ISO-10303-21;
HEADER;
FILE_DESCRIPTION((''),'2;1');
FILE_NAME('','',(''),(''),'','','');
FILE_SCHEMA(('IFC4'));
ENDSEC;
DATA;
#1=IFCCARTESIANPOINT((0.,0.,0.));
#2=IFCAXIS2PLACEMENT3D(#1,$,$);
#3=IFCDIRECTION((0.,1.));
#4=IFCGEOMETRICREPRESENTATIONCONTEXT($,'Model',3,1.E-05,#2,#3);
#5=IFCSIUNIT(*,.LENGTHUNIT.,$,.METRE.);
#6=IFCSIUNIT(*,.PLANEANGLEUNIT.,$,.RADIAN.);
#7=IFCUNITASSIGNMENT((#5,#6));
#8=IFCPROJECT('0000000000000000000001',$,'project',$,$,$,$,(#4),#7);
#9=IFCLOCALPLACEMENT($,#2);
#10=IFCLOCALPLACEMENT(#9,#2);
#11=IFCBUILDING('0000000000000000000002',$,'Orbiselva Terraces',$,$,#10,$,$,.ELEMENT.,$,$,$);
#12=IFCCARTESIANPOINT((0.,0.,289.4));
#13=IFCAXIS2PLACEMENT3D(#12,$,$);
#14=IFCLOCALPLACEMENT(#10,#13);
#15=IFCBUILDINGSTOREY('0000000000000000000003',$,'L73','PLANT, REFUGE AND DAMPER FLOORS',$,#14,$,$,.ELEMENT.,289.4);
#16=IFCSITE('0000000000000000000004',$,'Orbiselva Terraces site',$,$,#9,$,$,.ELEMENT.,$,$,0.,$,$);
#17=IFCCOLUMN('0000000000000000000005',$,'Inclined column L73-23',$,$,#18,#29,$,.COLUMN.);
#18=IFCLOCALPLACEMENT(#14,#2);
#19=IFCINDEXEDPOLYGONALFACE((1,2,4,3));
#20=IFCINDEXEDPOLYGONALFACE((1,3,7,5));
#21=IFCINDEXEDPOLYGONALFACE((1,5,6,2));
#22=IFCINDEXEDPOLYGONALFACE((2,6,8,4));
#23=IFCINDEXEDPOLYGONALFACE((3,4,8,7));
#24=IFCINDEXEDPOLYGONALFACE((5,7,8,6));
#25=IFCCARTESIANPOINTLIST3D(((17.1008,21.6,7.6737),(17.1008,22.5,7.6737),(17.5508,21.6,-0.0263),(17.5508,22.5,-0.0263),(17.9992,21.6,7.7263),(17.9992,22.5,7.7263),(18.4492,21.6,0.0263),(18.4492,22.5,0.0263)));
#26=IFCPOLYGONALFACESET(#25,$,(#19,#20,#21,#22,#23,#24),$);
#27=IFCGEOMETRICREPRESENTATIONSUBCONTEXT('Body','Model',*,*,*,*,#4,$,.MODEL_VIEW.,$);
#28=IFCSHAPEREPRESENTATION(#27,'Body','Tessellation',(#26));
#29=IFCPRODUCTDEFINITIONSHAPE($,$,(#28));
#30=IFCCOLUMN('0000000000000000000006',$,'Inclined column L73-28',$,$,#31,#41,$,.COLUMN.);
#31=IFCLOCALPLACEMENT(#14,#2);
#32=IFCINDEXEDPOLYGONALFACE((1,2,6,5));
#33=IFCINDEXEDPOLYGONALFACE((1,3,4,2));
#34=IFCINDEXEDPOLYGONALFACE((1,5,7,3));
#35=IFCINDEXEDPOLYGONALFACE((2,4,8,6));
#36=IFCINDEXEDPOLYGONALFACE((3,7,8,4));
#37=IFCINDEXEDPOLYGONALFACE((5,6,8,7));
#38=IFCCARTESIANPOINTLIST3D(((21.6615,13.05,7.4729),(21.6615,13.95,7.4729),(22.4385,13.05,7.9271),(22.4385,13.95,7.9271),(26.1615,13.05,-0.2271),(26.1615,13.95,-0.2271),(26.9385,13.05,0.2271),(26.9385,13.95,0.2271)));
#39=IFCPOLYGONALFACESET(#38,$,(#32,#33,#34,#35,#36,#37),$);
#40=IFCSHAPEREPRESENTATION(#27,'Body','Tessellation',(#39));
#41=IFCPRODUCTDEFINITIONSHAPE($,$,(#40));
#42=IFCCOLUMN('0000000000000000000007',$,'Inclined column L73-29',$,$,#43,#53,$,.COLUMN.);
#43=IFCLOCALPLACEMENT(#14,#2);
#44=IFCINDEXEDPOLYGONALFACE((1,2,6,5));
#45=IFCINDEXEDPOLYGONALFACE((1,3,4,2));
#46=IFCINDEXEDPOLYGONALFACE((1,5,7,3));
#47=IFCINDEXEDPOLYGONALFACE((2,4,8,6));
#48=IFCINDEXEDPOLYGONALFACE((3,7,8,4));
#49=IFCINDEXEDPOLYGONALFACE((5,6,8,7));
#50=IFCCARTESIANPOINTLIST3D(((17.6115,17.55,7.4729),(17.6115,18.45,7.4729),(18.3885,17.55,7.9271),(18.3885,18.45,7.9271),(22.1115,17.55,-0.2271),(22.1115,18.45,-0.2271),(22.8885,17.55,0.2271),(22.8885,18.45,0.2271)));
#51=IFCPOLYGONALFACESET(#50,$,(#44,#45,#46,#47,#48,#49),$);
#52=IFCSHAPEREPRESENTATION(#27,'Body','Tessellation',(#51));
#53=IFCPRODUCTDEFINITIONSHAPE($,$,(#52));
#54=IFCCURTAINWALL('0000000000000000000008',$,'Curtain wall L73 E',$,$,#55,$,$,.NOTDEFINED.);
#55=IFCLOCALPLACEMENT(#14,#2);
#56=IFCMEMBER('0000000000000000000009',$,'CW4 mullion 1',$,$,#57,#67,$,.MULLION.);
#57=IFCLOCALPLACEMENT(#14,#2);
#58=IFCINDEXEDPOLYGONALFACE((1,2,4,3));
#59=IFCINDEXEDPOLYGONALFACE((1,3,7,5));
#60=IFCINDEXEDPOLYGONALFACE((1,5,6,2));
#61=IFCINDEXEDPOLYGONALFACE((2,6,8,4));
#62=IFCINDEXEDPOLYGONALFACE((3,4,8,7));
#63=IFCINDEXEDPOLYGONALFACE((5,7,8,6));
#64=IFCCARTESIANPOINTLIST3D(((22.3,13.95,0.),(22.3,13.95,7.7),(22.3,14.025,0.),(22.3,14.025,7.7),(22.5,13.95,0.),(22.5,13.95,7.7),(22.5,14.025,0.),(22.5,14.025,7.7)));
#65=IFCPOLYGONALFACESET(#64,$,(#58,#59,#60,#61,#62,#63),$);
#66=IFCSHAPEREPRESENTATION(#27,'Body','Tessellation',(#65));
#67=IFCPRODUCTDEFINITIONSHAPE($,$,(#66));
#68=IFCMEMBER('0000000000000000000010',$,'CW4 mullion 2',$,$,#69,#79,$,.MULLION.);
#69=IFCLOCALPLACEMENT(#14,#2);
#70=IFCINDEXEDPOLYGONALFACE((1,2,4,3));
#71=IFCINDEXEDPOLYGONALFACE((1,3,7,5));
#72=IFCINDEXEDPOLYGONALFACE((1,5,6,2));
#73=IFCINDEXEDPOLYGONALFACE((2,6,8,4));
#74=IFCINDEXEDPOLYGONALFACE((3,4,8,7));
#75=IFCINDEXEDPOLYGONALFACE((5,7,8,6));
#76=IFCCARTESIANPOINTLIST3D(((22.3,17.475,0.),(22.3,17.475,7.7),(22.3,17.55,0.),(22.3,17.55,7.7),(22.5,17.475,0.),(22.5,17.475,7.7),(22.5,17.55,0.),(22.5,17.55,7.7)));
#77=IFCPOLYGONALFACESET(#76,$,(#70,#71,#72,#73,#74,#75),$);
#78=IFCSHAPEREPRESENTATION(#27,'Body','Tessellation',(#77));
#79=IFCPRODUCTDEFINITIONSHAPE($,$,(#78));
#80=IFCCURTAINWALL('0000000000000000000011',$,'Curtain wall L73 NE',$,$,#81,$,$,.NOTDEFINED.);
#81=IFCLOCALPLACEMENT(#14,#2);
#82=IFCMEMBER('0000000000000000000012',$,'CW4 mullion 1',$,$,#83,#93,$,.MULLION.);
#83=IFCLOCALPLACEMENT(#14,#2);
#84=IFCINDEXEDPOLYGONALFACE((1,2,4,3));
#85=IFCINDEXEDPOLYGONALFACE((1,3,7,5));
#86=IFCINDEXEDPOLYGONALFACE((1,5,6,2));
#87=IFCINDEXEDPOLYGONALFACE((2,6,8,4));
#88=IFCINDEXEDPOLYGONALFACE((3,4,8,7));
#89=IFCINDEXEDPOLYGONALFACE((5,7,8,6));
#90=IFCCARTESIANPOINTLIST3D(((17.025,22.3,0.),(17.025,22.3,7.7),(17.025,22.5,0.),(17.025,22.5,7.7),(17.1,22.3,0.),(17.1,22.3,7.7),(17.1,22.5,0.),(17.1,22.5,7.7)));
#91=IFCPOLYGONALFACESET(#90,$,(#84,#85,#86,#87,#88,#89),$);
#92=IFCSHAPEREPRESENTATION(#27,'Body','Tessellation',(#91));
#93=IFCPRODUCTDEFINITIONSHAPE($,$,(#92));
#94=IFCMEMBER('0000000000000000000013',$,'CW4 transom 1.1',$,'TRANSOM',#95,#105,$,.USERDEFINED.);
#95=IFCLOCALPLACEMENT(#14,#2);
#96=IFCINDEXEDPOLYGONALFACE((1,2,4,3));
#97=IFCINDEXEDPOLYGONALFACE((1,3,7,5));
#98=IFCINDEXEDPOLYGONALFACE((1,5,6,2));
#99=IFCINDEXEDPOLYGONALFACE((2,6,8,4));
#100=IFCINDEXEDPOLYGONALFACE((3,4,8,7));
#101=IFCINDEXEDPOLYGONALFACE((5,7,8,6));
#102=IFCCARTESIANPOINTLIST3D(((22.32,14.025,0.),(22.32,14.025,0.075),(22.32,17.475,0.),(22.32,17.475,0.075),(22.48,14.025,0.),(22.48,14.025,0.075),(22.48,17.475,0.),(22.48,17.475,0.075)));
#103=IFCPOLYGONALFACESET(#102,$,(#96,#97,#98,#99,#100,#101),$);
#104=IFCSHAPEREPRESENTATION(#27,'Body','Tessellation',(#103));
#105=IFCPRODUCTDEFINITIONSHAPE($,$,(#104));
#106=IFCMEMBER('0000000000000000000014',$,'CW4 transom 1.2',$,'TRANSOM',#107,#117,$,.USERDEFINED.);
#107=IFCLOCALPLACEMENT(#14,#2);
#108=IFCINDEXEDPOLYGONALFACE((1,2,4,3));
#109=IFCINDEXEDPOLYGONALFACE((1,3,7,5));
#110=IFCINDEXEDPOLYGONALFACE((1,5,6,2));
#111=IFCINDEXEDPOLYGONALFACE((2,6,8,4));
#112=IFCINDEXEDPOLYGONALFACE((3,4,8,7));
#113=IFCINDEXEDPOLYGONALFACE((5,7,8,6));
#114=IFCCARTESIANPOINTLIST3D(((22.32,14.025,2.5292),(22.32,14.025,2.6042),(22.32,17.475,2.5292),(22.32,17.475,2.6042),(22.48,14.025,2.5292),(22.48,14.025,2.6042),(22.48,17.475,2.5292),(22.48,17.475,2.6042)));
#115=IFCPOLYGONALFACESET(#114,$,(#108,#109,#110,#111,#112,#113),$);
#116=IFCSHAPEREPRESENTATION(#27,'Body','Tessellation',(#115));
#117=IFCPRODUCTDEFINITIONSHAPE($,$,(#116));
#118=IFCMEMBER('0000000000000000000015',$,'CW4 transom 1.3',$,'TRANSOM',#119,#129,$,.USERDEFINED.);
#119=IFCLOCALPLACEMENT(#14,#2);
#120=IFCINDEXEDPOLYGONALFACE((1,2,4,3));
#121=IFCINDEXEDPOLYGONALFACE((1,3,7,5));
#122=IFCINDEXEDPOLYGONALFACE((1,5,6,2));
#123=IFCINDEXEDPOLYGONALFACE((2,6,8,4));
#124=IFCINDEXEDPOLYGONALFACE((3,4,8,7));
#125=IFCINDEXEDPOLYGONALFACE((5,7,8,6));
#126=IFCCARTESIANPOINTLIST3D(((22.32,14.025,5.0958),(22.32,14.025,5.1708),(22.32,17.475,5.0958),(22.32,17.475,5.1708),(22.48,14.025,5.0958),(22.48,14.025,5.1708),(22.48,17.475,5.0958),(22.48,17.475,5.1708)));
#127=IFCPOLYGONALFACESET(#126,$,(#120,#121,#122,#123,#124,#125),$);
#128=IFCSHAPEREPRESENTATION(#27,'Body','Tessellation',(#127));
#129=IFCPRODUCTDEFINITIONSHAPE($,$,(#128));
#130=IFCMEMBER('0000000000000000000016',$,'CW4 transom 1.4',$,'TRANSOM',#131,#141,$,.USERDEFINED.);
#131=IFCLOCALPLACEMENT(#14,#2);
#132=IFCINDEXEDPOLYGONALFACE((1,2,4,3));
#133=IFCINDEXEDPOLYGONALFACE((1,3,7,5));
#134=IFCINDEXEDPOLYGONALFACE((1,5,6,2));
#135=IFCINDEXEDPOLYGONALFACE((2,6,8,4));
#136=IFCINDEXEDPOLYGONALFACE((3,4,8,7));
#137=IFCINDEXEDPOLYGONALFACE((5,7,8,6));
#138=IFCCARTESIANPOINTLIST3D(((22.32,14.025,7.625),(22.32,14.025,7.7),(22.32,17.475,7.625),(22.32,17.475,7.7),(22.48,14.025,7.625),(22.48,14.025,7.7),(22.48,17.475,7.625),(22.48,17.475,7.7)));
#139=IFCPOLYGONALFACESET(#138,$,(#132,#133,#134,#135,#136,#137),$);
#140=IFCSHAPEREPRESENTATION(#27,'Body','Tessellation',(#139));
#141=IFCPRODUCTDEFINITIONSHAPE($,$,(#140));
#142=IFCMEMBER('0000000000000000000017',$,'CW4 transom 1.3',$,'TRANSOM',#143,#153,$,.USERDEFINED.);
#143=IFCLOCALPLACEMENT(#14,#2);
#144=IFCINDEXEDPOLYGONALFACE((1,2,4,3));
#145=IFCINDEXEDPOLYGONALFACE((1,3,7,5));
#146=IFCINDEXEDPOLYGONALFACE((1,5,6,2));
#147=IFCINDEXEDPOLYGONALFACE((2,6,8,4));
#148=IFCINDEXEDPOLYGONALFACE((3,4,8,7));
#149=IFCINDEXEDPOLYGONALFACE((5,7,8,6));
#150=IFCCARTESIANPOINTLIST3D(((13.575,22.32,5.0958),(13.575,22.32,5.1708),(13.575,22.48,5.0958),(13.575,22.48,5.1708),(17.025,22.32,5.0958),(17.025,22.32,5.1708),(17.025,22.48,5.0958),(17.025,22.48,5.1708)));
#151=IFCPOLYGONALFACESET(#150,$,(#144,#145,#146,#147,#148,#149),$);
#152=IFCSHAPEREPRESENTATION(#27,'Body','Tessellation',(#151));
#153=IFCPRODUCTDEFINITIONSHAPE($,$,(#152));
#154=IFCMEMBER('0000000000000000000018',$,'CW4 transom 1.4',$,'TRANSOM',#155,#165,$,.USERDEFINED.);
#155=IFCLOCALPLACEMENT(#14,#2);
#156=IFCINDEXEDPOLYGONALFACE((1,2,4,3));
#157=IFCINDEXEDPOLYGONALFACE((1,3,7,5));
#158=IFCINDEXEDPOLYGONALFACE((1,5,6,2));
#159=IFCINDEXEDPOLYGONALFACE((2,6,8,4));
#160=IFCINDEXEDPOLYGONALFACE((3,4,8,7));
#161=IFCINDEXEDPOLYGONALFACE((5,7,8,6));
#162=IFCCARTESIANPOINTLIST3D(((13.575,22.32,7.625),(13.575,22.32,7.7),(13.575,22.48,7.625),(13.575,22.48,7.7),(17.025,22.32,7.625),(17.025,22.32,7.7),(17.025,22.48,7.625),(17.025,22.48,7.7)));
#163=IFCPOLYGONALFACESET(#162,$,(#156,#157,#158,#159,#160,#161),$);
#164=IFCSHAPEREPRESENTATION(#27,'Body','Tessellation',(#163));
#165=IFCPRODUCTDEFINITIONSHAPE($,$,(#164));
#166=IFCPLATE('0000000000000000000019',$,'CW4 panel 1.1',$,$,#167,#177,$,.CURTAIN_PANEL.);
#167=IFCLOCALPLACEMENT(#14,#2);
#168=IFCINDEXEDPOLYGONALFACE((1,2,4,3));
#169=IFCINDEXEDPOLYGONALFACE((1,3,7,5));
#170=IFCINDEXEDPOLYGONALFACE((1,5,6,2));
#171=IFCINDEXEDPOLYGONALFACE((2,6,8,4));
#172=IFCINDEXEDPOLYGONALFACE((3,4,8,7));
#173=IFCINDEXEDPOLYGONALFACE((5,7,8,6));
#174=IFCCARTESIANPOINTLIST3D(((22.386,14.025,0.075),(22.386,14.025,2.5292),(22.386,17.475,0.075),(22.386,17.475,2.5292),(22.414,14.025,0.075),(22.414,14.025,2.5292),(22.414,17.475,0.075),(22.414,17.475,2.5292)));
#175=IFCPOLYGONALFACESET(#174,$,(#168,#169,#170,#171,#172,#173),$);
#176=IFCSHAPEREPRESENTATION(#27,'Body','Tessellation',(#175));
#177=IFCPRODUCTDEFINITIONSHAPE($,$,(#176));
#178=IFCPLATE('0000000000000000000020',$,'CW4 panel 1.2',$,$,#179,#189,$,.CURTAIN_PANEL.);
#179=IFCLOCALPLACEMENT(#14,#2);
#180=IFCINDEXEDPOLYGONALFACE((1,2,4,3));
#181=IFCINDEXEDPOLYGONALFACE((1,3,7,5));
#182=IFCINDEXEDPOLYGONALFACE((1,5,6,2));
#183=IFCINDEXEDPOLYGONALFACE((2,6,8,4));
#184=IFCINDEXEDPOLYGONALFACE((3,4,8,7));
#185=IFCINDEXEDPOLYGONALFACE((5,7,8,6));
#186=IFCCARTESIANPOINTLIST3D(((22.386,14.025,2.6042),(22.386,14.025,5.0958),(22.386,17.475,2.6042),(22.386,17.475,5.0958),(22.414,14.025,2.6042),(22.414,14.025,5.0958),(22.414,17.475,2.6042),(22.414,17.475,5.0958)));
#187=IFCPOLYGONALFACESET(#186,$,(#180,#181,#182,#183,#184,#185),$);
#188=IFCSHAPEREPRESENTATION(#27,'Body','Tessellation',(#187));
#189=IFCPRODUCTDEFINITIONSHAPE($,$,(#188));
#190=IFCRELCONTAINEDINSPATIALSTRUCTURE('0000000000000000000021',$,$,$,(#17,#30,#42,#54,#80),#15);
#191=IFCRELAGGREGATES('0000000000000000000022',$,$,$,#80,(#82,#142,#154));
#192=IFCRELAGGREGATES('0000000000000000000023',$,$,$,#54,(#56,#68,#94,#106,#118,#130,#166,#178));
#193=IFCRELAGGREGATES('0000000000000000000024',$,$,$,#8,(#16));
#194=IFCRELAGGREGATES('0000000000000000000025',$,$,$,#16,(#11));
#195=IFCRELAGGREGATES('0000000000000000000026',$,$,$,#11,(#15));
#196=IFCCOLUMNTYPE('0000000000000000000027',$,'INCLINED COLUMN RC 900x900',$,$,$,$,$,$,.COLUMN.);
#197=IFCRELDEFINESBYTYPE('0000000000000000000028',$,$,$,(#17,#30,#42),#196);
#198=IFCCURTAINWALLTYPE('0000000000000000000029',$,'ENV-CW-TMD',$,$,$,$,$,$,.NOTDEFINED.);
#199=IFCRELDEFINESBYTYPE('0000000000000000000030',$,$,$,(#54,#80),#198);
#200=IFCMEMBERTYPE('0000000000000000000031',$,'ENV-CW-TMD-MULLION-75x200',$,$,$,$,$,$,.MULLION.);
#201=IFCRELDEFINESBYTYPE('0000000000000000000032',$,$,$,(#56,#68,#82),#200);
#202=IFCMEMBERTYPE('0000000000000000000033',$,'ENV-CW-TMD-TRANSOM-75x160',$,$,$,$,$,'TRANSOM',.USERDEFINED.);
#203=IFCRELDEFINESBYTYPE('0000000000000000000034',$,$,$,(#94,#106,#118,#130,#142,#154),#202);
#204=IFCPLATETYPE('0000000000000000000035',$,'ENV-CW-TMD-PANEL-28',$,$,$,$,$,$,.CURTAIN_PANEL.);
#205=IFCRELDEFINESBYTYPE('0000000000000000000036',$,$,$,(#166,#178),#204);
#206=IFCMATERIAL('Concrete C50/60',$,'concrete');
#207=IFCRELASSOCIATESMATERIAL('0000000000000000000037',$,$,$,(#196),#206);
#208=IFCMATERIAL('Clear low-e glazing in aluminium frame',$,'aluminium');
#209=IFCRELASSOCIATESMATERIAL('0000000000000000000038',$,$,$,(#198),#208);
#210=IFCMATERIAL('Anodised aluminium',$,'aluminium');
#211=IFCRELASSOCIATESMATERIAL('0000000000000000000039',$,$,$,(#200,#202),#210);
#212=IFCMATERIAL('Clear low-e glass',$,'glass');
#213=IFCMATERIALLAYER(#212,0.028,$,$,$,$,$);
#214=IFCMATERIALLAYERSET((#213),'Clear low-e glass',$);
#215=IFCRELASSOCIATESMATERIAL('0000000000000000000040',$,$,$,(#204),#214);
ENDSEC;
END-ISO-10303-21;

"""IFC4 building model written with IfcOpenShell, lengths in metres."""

from ifc_helpers import new_model, si_unit, direction, frame, origin, origin_2d, place, context, subcontext, project, spatial, rectangle, extrude, material, layer, layer_set, material_profile, profile_set, type_object, element, aggregate, save


model = new_model("IFC4")

# Units and contexts
model_context = context("Model", 3, precision=1e-05, world=origin(), true_north=direction((0.0, 1.0)))
body_context = subcontext(model_context, "Body", "Model", "MODEL_VIEW")
ifc_project = project(units=[si_unit("LENGTHUNIT", "METRE"), si_unit("PLANEANGLEUNIT", "RADIAN")], contexts=[model_context])

# Site, building, storey
site_placement = place(None, origin())
site = spatial("IfcSite", under=ifc_project, at=site_placement, Name="Orbiselva Terraces site", CompositionType="ELEMENT", RefElevation=0.0)
building_placement = place(site_placement, origin())
building = spatial("IfcBuilding", under=site, at=building_placement, Name="Orbiselva Terraces", CompositionType="ELEMENT")
storey_placement = place(building_placement, frame((0.0, 0.0, 289.4)))
storey = spatial("IfcBuildingStorey", under=building, at=storey_placement, Name="L73", Description="PLANT, REFUGE AND DAMPER FLOORS", CompositionType="ELEMENT", Elevation=289.4)

# Columns
ifc_material_1 = material(Name="Concrete C50/60", Category="concrete")
ifc_material_profile_1 = material_profile(ifc_material_1, rectangle(XDim=0.9, YDim=0.9, at=origin_2d()), Name="RC 900x900")
ifc_profile_set_1 = profile_set([ifc_material_profile_1], Name="Concrete C50/60")
column_type = type_object("IfcColumnType", Name="INCLINED COLUMN RC 900x900", PredefinedType="COLUMN", material=ifc_profile_set_1)
column_placement = place(storey_placement, frame((18.0, 22.05, 0.0), z_axis=(-0.058342, 0.0, 0.998297), x_axis=(0.0, -1.0, 0.0)))
element("IfcColumn", 1, at=column_placement, inside=storey, type_object=column_type, Name="Inclined column L73-23", PredefinedType="COLUMN", context=body_context, shape_type="SweptSolid", body=[
    extrude(rectangle(XDim=0.9, YDim=0.9, at=origin_2d()), origin(), (0.0, 0.0, 1.0), 7.7131),
])
for number, where, z_axis, x_axis, name in (
    (2, (26.55, 13.5, 0.0), (-0.504568, 0.0, 0.863372), (0.0, -1.0, 0.0), "Inclined column L73-28"),
    (3, (22.5, 18.0, 0.0), (-0.504568, 0.0, 0.863372), (0.0, -1.0, 0.0), "Inclined column L73-29"),
):
    element("IfcColumn", number, at=place(storey_placement, frame(where, z_axis=z_axis, x_axis=x_axis)), inside=storey, type_object=column_type, Name=name, PredefinedType="COLUMN", context=body_context, shape_type="SweptSolid", body=[
        extrude(rectangle(XDim=0.9, YDim=0.9, at=origin_2d()), origin(), (0.0, 0.0, 1.0), 8.9185),
    ])

# Curtain wall, members
ifc_material_2 = material(Name="Clear low-e glazing in aluminium frame", Category="aluminium")
curtain_wall_type = type_object("IfcCurtainWallType", Name="ENV-CW-TMD", PredefinedType="NOTDEFINED", material=ifc_material_2)
curtain_wall_1_placement = place(storey_placement, origin())
curtain_wall_1 = element("IfcCurtainWall", 4, at=curtain_wall_1_placement, inside=storey, type_object=curtain_wall_type, Name="Curtain wall L73 E", PredefinedType="NOTDEFINED")
ifc_material_3 = material(Name="Anodised aluminium", Category="aluminium")
ifc_material_profile_2 = material_profile(ifc_material_3, rectangle(XDim=0.2, YDim=0.075, at=origin_2d()), Name="AL 75x200")
ifc_profile_set_2 = profile_set([ifc_material_profile_2], Name="Anodised aluminium")
member_type_1 = type_object("IfcMemberType", Name="ENV-CW-TMD-MULLION-75x200", PredefinedType="MULLION", material=ifc_profile_set_2)
member_1_placement = place(storey_placement, frame((22.4, 13.9875, 0.0), z_axis=(0.0, 0.0, 1.0), x_axis=(-1.0, 0.0, 0.0)))
member_1 = element("IfcMember", 5, at=member_1_placement, type_object=member_type_1, Name="CW4 mullion 1", PredefinedType="MULLION", context=body_context, shape_type="SweptSolid", body=[
    extrude(rectangle(XDim=0.2, YDim=0.075, at=origin_2d()), origin(), (0.0, 0.0, 1.0), 7.7),
])
member_2_placement = place(storey_placement, frame((22.4, 17.5125, 0.0), z_axis=(0.0, 0.0, 1.0), x_axis=(-1.0, 0.0, 0.0)))
member_2 = element("IfcMember", 6, at=member_2_placement, type_object=member_type_1, Name="CW4 mullion 2", PredefinedType="MULLION", context=body_context, shape_type="SweptSolid", body=[
    extrude(rectangle(XDim=0.2, YDim=0.075, at=origin_2d()), origin(), (0.0, 0.0, 1.0), 7.7),
])

# Curtain wall, member
curtain_wall_2_placement = place(storey_placement, origin())
curtain_wall_2 = element("IfcCurtainWall", 7, at=curtain_wall_2_placement, inside=storey, type_object=curtain_wall_type, Name="Curtain wall L73 NE", PredefinedType="NOTDEFINED")
member_3_placement = place(storey_placement, frame((17.0625, 22.4, 0.0), z_axis=(0.0, 0.0, 1.0), x_axis=(0.0, -1.0, 0.0)))
member_3 = element("IfcMember", 8, at=member_3_placement, type_object=member_type_1, Name="CW4 mullion 1", PredefinedType="MULLION", context=body_context, shape_type="SweptSolid", body=[
    extrude(rectangle(XDim=0.2, YDim=0.075, at=origin_2d()), origin(), (0.0, 0.0, 1.0), 7.7),
])

# Members
ifc_material_profile_3 = material_profile(ifc_material_3, rectangle(XDim=0.16, YDim=0.075, at=origin_2d()), Name="AL 75x160")
ifc_profile_set_3 = profile_set([ifc_material_profile_3], Name="Anodised aluminium")
member_type_2 = type_object("IfcMemberType", Name="ENV-CW-TMD-TRANSOM-75x160", ElementType="TRANSOM", PredefinedType="USERDEFINED", material=ifc_profile_set_3)
member_4_placement = place(storey_placement, frame((22.4, 14.025, 0.0375), z_axis=(0.0, 1.0, 0.0), x_axis=(-1.0, 0.0, 0.0)))
member_4 = element("IfcMember", 9, at=member_4_placement, type_object=member_type_2, Name="CW4 transom 1.1", ObjectType="TRANSOM", PredefinedType="USERDEFINED", context=body_context, shape_type="SweptSolid", body=[
    extrude(rectangle(XDim=0.16, YDim=0.075, at=origin_2d()), origin(), (0.0, 0.0, 1.0), 3.45),
])
member_5_placement = place(storey_placement, frame((22.4, 14.025, 2.5667), z_axis=(0.0, 1.0, 0.0), x_axis=(-1.0, 0.0, 0.0)))
member_5 = element("IfcMember", 10, at=member_5_placement, type_object=member_type_2, Name="CW4 transom 1.2", ObjectType="TRANSOM", PredefinedType="USERDEFINED", context=body_context, shape_type="SweptSolid", body=[
    extrude(rectangle(XDim=0.16, YDim=0.075, at=origin_2d()), origin(), (0.0, 0.0, 1.0), 3.45),
])
member_6_placement = place(storey_placement, frame((22.4, 14.025, 5.1333), z_axis=(0.0, 1.0, 0.0), x_axis=(-1.0, 0.0, 0.0)))
member_6 = element("IfcMember", 11, at=member_6_placement, type_object=member_type_2, Name="CW4 transom 1.3", ObjectType="TRANSOM", PredefinedType="USERDEFINED", context=body_context, shape_type="SweptSolid", body=[
    extrude(rectangle(XDim=0.16, YDim=0.075, at=origin_2d()), origin(), (0.0, 0.0, 1.0), 3.45),
])
member_7_placement = place(storey_placement, frame((22.4, 14.025, 7.6625), z_axis=(0.0, 1.0, 0.0), x_axis=(-1.0, 0.0, 0.0)))
member_7 = element("IfcMember", 12, at=member_7_placement, type_object=member_type_2, Name="CW4 transom 1.4", ObjectType="TRANSOM", PredefinedType="USERDEFINED", context=body_context, shape_type="SweptSolid", body=[
    extrude(rectangle(XDim=0.16, YDim=0.075, at=origin_2d()), origin(), (0.0, 0.0, 1.0), 3.45),
])
member_8_placement = place(storey_placement, frame((17.025, 22.4, 5.1333), z_axis=(-1.0, 0.0, 0.0), x_axis=(0.0, -1.0, 0.0)))
member_8 = element("IfcMember", 13, at=member_8_placement, type_object=member_type_2, Name="CW4 transom 1.3", ObjectType="TRANSOM", PredefinedType="USERDEFINED", context=body_context, shape_type="SweptSolid", body=[
    extrude(rectangle(XDim=0.16, YDim=0.075, at=origin_2d()), origin(), (0.0, 0.0, 1.0), 3.45),
])
member_9_placement = place(storey_placement, frame((17.025, 22.4, 7.6625), z_axis=(-1.0, 0.0, 0.0), x_axis=(0.0, -1.0, 0.0)))
member_9 = element("IfcMember", 14, at=member_9_placement, type_object=member_type_2, Name="CW4 transom 1.4", ObjectType="TRANSOM", PredefinedType="USERDEFINED", context=body_context, shape_type="SweptSolid", body=[
    extrude(rectangle(XDim=0.16, YDim=0.075, at=origin_2d()), origin(), (0.0, 0.0, 1.0), 3.45),
])
aggregate(curtain_wall_2, [member_3, member_8, member_9])

# Plates
ifc_material_4 = material(Name="Clear low-e glass", Category="glass")
ifc_layer_1 = layer(ifc_material_4, 0.028)
ifc_layer_set_1 = layer_set([ifc_layer_1], Name="Clear low-e glass")
plate_type = type_object("IfcPlateType", Name="ENV-CW-TMD-PANEL-28", PredefinedType="CURTAIN_PANEL", material=ifc_layer_set_1)
plate_1_placement = place(storey_placement, frame((22.4, 15.75, 0.075), z_axis=(0.0, 0.0, 1.0), x_axis=(0.0, 1.0, 0.0)))
plate_1 = element("IfcPlate", 15, at=plate_1_placement, type_object=plate_type, Name="CW4 panel 1.1", PredefinedType="CURTAIN_PANEL", context=body_context, shape_type="SweptSolid", body=[
    extrude(rectangle(XDim=3.45, YDim=0.028, at=origin_2d()), origin(), (0.0, 0.0, 1.0), 2.4542),
])
plate_2_placement = place(storey_placement, frame((22.4, 15.75, 2.6042), z_axis=(0.0, 0.0, 1.0), x_axis=(0.0, 1.0, 0.0)))
plate_2 = element("IfcPlate", 16, at=plate_2_placement, type_object=plate_type, Name="CW4 panel 1.2", PredefinedType="CURTAIN_PANEL", context=body_context, shape_type="SweptSolid", body=[
    extrude(rectangle(XDim=3.45, YDim=0.028, at=origin_2d()), origin(), (0.0, 0.0, 1.0), 2.4917),
])
aggregate(curtain_wall_1, [member_1, member_2, member_4, member_5, member_6, member_7, plate_1, plate_2])

save(model, "model.ifc")
